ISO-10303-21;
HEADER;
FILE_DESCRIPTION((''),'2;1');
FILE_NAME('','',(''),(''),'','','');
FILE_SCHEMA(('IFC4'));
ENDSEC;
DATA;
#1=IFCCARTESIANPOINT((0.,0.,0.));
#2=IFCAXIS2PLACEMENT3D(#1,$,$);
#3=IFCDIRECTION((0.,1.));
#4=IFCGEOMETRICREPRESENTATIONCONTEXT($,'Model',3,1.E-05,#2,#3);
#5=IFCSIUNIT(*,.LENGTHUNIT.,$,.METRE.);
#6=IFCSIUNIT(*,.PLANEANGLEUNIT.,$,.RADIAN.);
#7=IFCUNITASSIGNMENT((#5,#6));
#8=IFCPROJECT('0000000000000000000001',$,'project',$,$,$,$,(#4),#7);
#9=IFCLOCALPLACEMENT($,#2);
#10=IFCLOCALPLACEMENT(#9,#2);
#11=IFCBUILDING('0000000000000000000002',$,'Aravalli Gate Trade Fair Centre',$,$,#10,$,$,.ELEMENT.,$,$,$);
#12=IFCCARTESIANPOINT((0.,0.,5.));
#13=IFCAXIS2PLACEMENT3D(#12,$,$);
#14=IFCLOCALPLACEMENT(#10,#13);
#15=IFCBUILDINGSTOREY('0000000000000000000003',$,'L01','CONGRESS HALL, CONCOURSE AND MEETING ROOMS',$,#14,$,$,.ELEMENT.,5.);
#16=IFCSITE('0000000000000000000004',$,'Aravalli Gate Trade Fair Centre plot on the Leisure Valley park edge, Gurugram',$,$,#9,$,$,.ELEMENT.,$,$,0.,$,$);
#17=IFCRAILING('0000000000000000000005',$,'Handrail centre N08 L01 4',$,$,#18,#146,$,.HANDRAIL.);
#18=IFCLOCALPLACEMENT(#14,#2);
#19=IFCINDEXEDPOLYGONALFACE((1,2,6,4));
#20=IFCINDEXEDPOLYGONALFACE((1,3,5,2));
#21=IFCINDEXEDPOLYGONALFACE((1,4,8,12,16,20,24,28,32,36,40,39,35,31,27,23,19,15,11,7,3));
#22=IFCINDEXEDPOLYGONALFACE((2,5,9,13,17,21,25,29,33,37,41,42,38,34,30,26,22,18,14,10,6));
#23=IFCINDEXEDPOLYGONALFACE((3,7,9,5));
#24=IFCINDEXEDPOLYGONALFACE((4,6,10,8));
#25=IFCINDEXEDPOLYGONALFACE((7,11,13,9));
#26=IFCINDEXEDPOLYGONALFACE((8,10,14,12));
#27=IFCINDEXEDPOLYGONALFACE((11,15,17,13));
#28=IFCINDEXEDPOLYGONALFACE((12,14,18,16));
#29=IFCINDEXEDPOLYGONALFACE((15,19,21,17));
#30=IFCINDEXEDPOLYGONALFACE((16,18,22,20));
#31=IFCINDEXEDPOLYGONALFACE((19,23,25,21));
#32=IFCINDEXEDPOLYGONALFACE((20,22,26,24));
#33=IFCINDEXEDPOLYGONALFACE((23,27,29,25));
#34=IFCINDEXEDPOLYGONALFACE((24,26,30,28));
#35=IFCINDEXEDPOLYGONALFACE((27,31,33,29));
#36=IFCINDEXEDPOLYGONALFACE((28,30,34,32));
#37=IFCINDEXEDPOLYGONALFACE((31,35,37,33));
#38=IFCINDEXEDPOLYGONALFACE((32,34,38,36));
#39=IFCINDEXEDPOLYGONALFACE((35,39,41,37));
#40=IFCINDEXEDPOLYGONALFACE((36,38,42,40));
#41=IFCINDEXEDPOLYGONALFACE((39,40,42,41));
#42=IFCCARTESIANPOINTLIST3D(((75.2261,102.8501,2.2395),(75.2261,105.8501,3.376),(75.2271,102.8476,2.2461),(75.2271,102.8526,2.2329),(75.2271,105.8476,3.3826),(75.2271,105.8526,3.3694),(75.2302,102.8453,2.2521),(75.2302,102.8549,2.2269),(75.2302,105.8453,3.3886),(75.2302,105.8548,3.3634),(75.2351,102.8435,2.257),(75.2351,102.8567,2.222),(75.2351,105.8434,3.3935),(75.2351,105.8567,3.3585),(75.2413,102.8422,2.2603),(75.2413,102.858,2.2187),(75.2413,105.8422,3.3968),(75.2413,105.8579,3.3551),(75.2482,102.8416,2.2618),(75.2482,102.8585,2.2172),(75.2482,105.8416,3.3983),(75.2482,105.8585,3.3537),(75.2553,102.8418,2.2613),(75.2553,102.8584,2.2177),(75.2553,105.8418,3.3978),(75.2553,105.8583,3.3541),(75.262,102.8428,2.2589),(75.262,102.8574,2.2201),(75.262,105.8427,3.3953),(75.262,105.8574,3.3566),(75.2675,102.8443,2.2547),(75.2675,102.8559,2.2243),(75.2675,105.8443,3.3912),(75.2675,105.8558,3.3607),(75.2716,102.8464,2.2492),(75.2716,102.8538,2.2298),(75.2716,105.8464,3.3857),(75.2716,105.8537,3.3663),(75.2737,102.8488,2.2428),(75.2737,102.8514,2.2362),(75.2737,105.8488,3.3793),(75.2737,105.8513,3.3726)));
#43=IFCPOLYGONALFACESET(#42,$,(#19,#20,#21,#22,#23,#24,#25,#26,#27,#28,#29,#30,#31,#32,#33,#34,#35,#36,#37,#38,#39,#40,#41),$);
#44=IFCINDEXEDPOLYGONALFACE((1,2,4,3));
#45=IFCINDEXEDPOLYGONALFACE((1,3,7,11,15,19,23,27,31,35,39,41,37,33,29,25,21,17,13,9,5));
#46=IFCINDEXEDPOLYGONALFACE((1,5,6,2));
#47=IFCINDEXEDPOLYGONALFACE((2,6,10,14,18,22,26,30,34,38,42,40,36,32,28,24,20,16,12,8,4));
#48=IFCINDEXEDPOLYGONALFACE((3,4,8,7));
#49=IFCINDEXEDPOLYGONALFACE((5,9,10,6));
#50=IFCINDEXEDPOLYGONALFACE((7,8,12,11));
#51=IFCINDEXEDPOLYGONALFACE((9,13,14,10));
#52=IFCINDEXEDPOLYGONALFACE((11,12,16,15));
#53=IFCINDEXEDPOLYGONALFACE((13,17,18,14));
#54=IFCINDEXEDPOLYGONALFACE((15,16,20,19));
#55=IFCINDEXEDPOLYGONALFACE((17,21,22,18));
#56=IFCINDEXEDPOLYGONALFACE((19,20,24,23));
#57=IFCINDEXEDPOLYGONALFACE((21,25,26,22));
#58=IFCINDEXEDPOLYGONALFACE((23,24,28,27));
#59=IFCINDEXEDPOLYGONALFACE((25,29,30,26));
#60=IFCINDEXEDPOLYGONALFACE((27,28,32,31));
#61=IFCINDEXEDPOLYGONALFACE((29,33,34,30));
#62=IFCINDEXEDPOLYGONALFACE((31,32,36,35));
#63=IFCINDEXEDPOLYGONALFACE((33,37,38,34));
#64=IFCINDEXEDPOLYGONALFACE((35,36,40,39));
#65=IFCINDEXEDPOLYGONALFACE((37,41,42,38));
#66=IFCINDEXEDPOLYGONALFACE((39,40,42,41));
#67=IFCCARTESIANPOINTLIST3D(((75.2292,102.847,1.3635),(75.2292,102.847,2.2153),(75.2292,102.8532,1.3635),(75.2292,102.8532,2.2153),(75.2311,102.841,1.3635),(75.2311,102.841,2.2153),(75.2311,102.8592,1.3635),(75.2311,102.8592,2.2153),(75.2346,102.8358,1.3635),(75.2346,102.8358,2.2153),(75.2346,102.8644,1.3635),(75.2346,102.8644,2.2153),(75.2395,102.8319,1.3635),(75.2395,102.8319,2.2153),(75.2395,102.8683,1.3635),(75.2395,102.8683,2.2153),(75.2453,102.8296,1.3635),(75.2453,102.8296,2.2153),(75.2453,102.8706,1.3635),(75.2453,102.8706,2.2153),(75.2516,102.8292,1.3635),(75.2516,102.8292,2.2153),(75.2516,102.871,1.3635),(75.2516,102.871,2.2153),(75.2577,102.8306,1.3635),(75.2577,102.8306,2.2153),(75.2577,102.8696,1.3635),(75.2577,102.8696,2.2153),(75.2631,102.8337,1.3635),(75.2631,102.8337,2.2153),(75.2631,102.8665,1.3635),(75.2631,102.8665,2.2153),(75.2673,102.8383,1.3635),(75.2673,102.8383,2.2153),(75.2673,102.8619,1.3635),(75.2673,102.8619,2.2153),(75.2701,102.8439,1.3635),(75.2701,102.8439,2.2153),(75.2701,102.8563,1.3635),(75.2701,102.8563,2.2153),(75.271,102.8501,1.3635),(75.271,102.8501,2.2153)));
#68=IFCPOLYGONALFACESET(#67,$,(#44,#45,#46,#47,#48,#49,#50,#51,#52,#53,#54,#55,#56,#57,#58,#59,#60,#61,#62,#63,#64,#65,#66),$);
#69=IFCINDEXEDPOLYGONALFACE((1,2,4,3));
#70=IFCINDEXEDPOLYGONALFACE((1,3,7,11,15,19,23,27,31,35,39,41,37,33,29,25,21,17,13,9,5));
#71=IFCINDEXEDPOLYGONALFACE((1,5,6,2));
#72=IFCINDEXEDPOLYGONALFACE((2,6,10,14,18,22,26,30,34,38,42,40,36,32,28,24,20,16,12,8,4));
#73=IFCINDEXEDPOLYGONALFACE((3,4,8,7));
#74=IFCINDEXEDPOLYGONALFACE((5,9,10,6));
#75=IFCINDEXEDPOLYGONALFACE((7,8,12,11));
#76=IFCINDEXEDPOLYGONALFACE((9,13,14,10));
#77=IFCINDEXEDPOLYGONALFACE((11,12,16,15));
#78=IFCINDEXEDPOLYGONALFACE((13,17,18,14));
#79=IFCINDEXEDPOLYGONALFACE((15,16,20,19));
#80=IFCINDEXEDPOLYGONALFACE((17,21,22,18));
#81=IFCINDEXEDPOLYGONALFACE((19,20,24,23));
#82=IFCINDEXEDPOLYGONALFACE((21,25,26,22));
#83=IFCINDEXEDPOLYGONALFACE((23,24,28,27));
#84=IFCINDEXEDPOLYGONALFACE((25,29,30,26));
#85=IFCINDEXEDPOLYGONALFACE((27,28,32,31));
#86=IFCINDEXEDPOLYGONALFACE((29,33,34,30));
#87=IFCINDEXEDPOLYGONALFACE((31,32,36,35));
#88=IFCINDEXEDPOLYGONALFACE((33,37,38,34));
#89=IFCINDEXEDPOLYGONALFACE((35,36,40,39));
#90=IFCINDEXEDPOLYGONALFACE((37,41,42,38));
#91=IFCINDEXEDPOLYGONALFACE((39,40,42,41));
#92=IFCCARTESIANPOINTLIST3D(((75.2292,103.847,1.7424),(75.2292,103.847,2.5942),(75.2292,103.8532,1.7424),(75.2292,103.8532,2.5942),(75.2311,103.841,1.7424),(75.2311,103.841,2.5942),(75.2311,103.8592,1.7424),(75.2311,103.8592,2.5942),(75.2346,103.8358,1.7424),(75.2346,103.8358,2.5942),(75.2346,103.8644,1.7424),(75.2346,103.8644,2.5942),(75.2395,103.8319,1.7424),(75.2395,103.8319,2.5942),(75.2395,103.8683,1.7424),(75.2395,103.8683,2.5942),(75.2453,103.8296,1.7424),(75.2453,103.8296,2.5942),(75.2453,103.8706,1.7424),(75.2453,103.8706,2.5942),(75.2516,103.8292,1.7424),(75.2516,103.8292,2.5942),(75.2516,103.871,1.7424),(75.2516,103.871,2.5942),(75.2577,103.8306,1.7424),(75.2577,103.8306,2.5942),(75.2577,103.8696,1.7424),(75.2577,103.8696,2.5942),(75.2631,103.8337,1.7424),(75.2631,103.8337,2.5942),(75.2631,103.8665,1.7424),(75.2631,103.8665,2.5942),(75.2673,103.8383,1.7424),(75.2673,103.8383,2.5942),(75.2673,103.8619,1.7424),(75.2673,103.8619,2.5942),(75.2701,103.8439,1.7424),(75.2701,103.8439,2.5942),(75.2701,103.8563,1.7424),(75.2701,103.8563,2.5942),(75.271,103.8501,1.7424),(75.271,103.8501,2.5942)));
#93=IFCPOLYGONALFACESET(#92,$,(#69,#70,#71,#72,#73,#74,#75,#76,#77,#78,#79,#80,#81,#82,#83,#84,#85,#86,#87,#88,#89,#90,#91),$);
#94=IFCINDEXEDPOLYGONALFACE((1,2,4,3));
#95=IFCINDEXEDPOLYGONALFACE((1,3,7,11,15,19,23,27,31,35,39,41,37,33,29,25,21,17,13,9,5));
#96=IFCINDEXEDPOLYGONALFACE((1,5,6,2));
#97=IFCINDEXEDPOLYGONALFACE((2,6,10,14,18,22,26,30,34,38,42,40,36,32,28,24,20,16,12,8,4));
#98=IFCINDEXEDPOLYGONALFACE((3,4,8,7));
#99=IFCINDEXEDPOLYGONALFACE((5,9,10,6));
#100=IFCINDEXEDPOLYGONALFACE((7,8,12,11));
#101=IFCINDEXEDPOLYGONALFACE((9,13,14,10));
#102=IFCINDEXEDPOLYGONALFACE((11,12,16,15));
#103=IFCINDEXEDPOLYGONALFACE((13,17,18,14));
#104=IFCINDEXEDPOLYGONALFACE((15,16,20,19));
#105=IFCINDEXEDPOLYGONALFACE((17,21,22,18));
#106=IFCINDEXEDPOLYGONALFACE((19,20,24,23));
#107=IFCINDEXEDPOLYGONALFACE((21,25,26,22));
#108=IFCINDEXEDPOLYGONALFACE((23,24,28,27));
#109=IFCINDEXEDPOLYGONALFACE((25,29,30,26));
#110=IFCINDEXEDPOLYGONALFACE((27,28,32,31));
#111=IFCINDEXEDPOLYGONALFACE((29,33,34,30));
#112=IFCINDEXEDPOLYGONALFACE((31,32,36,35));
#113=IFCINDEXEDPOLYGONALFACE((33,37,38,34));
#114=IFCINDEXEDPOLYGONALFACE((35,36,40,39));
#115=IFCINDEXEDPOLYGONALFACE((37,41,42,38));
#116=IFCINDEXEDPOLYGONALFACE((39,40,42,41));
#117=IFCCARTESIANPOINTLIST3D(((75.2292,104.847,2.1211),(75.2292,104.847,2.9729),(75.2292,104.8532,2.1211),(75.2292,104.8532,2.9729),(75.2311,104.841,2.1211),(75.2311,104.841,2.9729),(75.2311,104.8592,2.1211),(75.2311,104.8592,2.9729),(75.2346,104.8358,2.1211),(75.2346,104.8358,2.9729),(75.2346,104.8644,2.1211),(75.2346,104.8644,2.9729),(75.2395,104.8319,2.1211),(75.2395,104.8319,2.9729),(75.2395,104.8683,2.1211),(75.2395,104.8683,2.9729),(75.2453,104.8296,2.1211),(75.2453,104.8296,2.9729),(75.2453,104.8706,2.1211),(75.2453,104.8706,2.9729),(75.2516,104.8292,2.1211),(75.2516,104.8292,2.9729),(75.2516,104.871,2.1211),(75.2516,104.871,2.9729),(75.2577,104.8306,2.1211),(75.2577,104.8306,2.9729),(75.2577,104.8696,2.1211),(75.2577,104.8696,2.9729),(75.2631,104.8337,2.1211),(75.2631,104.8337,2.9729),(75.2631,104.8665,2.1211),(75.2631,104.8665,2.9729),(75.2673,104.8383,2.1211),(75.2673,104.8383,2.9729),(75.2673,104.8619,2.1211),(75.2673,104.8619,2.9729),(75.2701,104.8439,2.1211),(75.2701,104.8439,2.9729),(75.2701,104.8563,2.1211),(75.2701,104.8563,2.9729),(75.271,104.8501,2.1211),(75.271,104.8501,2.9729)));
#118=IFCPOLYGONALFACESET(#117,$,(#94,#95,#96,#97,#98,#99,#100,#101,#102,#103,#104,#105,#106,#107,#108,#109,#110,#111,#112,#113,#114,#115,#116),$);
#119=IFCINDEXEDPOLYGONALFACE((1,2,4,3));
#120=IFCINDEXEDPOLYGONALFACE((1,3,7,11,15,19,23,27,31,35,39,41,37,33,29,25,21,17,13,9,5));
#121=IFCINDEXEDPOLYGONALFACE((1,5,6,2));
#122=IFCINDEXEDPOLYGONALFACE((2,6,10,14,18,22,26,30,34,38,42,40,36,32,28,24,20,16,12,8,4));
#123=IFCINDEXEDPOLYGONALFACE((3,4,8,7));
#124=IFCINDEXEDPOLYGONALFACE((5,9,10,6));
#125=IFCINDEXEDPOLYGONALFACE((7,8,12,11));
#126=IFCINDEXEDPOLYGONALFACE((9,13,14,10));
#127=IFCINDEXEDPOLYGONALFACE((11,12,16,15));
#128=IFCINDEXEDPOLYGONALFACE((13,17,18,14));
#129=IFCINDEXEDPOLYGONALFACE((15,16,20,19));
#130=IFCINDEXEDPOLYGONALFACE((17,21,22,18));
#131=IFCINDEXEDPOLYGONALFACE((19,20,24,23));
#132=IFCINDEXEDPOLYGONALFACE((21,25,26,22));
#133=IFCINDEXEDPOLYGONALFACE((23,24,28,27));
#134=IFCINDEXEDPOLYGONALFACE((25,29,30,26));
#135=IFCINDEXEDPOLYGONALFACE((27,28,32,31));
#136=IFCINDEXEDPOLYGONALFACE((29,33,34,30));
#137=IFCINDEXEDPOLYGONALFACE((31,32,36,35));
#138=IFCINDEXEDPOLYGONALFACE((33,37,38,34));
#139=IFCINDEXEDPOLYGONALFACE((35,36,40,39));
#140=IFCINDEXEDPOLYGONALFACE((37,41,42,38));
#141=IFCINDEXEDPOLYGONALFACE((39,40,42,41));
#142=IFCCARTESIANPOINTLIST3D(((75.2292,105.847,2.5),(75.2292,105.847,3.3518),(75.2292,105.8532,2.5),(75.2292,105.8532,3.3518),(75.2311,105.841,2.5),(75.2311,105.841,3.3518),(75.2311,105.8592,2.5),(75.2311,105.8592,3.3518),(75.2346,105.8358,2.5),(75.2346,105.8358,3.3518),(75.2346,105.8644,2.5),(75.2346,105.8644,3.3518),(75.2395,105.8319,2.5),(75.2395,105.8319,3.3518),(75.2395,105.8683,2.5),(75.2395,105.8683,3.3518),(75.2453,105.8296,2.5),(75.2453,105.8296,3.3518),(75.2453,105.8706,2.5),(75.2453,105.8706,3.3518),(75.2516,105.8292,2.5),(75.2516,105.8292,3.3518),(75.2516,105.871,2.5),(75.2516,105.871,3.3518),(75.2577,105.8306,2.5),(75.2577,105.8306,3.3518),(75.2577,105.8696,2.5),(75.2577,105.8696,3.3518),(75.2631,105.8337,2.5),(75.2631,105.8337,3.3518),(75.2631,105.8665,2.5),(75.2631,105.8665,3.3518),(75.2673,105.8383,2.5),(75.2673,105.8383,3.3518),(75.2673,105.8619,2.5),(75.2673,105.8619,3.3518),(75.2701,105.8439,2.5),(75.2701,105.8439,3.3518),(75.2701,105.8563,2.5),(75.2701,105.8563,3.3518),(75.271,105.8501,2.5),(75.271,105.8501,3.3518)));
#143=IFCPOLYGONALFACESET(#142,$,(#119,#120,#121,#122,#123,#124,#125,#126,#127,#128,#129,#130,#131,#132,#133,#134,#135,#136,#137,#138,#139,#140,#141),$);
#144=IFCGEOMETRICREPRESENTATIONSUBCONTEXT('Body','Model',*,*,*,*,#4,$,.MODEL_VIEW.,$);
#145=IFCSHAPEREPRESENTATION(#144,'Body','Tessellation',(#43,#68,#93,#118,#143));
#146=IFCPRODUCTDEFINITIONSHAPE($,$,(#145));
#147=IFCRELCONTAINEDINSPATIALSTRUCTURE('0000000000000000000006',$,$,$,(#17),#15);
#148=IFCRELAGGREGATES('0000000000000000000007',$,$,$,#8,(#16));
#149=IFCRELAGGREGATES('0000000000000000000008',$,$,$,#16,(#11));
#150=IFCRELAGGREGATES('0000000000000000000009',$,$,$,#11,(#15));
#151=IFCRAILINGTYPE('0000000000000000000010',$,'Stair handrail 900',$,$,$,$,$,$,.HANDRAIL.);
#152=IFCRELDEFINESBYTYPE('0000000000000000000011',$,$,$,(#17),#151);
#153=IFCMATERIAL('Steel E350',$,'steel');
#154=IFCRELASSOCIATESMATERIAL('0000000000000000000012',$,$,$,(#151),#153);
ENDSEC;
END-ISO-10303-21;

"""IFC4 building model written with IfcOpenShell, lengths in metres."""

from ifc_helpers import new_model, si_unit, direction, frame, origin, origin_2d, place, context, subcontext, project, spatial, circle, extrude, material, type_object, element, save


model = new_model("IFC4")

# Units and contexts
model_context = context("Model", 3, precision=1e-05, world=origin(), true_north=direction((0.0, 1.0)))
body_context = subcontext(model_context, "Body", "Model", "MODEL_VIEW")
ifc_project = project(units=[si_unit("LENGTHUNIT", "METRE"), si_unit("PLANEANGLEUNIT", "RADIAN")], contexts=[model_context])

# Site, building, storey
site_placement = place(None, origin())
site = spatial("IfcSite", under=ifc_project, at=site_placement, Name="Aravalli Gate Trade Fair Centre plot on the Leisure Valley park edge, Gurugram", CompositionType="ELEMENT", RefElevation=0.0)
building_placement = place(site_placement, origin())
building = spatial("IfcBuilding", under=site, at=building_placement, Name="Aravalli Gate Trade Fair Centre", CompositionType="ELEMENT")
storey_placement = place(building_placement, frame((0.0, 0.0, 5.0)))
storey = spatial("IfcBuildingStorey", under=building, at=storey_placement, Name="L01", Description="CONGRESS HALL, CONCOURSE AND MEETING ROOMS", CompositionType="ELEMENT", Elevation=5.0)

# Railing
ifc_material_1 = material(Name="Steel E350", Category="steel")
railing_type = type_object("IfcRailingType", Name="Stair handrail 900", PredefinedType="HANDRAIL", material=ifc_material_1)
for number, where, name in (
    (1, (75.25, 102.8501, 1.3635), "Handrail centre N08 L01 4"),
):
    element("IfcRailing", number, at=place(storey_placement, frame(where)), inside=storey, type_object=railing_type, Name=name, PredefinedType="HANDRAIL", context=body_context, shape_type="SweptSolid", body=[
        extrude(circle(Radius=0.0239, at=origin_2d()), frame((0.0, 0.0, 0.876), z_axis=(0.0, 0.935148, 0.354257), x_axis=(-1.0, 0.0, 0.0)), (0.0, 0.0, 1.0), 3.208),
        extrude(circle(Radius=0.021, at=origin_2d()), origin(), (0.0, 0.0, 1.0), 0.8518),
        extrude(circle(Radius=0.021, at=origin_2d()), frame((0.0, 1.0, 0.3789)), (0.0, 0.0, 1.0), 0.8518),
        extrude(circle(Radius=0.021, at=origin_2d()), frame((0.0, 2.0, 0.7576)), (0.0, 0.0, 1.0), 0.8518),
        extrude(circle(Radius=0.021, at=origin_2d()), frame((0.0, 3.0, 1.1365)), (0.0, 0.0, 1.0), 0.8518),
    ])

save(model, "model.ifc")
